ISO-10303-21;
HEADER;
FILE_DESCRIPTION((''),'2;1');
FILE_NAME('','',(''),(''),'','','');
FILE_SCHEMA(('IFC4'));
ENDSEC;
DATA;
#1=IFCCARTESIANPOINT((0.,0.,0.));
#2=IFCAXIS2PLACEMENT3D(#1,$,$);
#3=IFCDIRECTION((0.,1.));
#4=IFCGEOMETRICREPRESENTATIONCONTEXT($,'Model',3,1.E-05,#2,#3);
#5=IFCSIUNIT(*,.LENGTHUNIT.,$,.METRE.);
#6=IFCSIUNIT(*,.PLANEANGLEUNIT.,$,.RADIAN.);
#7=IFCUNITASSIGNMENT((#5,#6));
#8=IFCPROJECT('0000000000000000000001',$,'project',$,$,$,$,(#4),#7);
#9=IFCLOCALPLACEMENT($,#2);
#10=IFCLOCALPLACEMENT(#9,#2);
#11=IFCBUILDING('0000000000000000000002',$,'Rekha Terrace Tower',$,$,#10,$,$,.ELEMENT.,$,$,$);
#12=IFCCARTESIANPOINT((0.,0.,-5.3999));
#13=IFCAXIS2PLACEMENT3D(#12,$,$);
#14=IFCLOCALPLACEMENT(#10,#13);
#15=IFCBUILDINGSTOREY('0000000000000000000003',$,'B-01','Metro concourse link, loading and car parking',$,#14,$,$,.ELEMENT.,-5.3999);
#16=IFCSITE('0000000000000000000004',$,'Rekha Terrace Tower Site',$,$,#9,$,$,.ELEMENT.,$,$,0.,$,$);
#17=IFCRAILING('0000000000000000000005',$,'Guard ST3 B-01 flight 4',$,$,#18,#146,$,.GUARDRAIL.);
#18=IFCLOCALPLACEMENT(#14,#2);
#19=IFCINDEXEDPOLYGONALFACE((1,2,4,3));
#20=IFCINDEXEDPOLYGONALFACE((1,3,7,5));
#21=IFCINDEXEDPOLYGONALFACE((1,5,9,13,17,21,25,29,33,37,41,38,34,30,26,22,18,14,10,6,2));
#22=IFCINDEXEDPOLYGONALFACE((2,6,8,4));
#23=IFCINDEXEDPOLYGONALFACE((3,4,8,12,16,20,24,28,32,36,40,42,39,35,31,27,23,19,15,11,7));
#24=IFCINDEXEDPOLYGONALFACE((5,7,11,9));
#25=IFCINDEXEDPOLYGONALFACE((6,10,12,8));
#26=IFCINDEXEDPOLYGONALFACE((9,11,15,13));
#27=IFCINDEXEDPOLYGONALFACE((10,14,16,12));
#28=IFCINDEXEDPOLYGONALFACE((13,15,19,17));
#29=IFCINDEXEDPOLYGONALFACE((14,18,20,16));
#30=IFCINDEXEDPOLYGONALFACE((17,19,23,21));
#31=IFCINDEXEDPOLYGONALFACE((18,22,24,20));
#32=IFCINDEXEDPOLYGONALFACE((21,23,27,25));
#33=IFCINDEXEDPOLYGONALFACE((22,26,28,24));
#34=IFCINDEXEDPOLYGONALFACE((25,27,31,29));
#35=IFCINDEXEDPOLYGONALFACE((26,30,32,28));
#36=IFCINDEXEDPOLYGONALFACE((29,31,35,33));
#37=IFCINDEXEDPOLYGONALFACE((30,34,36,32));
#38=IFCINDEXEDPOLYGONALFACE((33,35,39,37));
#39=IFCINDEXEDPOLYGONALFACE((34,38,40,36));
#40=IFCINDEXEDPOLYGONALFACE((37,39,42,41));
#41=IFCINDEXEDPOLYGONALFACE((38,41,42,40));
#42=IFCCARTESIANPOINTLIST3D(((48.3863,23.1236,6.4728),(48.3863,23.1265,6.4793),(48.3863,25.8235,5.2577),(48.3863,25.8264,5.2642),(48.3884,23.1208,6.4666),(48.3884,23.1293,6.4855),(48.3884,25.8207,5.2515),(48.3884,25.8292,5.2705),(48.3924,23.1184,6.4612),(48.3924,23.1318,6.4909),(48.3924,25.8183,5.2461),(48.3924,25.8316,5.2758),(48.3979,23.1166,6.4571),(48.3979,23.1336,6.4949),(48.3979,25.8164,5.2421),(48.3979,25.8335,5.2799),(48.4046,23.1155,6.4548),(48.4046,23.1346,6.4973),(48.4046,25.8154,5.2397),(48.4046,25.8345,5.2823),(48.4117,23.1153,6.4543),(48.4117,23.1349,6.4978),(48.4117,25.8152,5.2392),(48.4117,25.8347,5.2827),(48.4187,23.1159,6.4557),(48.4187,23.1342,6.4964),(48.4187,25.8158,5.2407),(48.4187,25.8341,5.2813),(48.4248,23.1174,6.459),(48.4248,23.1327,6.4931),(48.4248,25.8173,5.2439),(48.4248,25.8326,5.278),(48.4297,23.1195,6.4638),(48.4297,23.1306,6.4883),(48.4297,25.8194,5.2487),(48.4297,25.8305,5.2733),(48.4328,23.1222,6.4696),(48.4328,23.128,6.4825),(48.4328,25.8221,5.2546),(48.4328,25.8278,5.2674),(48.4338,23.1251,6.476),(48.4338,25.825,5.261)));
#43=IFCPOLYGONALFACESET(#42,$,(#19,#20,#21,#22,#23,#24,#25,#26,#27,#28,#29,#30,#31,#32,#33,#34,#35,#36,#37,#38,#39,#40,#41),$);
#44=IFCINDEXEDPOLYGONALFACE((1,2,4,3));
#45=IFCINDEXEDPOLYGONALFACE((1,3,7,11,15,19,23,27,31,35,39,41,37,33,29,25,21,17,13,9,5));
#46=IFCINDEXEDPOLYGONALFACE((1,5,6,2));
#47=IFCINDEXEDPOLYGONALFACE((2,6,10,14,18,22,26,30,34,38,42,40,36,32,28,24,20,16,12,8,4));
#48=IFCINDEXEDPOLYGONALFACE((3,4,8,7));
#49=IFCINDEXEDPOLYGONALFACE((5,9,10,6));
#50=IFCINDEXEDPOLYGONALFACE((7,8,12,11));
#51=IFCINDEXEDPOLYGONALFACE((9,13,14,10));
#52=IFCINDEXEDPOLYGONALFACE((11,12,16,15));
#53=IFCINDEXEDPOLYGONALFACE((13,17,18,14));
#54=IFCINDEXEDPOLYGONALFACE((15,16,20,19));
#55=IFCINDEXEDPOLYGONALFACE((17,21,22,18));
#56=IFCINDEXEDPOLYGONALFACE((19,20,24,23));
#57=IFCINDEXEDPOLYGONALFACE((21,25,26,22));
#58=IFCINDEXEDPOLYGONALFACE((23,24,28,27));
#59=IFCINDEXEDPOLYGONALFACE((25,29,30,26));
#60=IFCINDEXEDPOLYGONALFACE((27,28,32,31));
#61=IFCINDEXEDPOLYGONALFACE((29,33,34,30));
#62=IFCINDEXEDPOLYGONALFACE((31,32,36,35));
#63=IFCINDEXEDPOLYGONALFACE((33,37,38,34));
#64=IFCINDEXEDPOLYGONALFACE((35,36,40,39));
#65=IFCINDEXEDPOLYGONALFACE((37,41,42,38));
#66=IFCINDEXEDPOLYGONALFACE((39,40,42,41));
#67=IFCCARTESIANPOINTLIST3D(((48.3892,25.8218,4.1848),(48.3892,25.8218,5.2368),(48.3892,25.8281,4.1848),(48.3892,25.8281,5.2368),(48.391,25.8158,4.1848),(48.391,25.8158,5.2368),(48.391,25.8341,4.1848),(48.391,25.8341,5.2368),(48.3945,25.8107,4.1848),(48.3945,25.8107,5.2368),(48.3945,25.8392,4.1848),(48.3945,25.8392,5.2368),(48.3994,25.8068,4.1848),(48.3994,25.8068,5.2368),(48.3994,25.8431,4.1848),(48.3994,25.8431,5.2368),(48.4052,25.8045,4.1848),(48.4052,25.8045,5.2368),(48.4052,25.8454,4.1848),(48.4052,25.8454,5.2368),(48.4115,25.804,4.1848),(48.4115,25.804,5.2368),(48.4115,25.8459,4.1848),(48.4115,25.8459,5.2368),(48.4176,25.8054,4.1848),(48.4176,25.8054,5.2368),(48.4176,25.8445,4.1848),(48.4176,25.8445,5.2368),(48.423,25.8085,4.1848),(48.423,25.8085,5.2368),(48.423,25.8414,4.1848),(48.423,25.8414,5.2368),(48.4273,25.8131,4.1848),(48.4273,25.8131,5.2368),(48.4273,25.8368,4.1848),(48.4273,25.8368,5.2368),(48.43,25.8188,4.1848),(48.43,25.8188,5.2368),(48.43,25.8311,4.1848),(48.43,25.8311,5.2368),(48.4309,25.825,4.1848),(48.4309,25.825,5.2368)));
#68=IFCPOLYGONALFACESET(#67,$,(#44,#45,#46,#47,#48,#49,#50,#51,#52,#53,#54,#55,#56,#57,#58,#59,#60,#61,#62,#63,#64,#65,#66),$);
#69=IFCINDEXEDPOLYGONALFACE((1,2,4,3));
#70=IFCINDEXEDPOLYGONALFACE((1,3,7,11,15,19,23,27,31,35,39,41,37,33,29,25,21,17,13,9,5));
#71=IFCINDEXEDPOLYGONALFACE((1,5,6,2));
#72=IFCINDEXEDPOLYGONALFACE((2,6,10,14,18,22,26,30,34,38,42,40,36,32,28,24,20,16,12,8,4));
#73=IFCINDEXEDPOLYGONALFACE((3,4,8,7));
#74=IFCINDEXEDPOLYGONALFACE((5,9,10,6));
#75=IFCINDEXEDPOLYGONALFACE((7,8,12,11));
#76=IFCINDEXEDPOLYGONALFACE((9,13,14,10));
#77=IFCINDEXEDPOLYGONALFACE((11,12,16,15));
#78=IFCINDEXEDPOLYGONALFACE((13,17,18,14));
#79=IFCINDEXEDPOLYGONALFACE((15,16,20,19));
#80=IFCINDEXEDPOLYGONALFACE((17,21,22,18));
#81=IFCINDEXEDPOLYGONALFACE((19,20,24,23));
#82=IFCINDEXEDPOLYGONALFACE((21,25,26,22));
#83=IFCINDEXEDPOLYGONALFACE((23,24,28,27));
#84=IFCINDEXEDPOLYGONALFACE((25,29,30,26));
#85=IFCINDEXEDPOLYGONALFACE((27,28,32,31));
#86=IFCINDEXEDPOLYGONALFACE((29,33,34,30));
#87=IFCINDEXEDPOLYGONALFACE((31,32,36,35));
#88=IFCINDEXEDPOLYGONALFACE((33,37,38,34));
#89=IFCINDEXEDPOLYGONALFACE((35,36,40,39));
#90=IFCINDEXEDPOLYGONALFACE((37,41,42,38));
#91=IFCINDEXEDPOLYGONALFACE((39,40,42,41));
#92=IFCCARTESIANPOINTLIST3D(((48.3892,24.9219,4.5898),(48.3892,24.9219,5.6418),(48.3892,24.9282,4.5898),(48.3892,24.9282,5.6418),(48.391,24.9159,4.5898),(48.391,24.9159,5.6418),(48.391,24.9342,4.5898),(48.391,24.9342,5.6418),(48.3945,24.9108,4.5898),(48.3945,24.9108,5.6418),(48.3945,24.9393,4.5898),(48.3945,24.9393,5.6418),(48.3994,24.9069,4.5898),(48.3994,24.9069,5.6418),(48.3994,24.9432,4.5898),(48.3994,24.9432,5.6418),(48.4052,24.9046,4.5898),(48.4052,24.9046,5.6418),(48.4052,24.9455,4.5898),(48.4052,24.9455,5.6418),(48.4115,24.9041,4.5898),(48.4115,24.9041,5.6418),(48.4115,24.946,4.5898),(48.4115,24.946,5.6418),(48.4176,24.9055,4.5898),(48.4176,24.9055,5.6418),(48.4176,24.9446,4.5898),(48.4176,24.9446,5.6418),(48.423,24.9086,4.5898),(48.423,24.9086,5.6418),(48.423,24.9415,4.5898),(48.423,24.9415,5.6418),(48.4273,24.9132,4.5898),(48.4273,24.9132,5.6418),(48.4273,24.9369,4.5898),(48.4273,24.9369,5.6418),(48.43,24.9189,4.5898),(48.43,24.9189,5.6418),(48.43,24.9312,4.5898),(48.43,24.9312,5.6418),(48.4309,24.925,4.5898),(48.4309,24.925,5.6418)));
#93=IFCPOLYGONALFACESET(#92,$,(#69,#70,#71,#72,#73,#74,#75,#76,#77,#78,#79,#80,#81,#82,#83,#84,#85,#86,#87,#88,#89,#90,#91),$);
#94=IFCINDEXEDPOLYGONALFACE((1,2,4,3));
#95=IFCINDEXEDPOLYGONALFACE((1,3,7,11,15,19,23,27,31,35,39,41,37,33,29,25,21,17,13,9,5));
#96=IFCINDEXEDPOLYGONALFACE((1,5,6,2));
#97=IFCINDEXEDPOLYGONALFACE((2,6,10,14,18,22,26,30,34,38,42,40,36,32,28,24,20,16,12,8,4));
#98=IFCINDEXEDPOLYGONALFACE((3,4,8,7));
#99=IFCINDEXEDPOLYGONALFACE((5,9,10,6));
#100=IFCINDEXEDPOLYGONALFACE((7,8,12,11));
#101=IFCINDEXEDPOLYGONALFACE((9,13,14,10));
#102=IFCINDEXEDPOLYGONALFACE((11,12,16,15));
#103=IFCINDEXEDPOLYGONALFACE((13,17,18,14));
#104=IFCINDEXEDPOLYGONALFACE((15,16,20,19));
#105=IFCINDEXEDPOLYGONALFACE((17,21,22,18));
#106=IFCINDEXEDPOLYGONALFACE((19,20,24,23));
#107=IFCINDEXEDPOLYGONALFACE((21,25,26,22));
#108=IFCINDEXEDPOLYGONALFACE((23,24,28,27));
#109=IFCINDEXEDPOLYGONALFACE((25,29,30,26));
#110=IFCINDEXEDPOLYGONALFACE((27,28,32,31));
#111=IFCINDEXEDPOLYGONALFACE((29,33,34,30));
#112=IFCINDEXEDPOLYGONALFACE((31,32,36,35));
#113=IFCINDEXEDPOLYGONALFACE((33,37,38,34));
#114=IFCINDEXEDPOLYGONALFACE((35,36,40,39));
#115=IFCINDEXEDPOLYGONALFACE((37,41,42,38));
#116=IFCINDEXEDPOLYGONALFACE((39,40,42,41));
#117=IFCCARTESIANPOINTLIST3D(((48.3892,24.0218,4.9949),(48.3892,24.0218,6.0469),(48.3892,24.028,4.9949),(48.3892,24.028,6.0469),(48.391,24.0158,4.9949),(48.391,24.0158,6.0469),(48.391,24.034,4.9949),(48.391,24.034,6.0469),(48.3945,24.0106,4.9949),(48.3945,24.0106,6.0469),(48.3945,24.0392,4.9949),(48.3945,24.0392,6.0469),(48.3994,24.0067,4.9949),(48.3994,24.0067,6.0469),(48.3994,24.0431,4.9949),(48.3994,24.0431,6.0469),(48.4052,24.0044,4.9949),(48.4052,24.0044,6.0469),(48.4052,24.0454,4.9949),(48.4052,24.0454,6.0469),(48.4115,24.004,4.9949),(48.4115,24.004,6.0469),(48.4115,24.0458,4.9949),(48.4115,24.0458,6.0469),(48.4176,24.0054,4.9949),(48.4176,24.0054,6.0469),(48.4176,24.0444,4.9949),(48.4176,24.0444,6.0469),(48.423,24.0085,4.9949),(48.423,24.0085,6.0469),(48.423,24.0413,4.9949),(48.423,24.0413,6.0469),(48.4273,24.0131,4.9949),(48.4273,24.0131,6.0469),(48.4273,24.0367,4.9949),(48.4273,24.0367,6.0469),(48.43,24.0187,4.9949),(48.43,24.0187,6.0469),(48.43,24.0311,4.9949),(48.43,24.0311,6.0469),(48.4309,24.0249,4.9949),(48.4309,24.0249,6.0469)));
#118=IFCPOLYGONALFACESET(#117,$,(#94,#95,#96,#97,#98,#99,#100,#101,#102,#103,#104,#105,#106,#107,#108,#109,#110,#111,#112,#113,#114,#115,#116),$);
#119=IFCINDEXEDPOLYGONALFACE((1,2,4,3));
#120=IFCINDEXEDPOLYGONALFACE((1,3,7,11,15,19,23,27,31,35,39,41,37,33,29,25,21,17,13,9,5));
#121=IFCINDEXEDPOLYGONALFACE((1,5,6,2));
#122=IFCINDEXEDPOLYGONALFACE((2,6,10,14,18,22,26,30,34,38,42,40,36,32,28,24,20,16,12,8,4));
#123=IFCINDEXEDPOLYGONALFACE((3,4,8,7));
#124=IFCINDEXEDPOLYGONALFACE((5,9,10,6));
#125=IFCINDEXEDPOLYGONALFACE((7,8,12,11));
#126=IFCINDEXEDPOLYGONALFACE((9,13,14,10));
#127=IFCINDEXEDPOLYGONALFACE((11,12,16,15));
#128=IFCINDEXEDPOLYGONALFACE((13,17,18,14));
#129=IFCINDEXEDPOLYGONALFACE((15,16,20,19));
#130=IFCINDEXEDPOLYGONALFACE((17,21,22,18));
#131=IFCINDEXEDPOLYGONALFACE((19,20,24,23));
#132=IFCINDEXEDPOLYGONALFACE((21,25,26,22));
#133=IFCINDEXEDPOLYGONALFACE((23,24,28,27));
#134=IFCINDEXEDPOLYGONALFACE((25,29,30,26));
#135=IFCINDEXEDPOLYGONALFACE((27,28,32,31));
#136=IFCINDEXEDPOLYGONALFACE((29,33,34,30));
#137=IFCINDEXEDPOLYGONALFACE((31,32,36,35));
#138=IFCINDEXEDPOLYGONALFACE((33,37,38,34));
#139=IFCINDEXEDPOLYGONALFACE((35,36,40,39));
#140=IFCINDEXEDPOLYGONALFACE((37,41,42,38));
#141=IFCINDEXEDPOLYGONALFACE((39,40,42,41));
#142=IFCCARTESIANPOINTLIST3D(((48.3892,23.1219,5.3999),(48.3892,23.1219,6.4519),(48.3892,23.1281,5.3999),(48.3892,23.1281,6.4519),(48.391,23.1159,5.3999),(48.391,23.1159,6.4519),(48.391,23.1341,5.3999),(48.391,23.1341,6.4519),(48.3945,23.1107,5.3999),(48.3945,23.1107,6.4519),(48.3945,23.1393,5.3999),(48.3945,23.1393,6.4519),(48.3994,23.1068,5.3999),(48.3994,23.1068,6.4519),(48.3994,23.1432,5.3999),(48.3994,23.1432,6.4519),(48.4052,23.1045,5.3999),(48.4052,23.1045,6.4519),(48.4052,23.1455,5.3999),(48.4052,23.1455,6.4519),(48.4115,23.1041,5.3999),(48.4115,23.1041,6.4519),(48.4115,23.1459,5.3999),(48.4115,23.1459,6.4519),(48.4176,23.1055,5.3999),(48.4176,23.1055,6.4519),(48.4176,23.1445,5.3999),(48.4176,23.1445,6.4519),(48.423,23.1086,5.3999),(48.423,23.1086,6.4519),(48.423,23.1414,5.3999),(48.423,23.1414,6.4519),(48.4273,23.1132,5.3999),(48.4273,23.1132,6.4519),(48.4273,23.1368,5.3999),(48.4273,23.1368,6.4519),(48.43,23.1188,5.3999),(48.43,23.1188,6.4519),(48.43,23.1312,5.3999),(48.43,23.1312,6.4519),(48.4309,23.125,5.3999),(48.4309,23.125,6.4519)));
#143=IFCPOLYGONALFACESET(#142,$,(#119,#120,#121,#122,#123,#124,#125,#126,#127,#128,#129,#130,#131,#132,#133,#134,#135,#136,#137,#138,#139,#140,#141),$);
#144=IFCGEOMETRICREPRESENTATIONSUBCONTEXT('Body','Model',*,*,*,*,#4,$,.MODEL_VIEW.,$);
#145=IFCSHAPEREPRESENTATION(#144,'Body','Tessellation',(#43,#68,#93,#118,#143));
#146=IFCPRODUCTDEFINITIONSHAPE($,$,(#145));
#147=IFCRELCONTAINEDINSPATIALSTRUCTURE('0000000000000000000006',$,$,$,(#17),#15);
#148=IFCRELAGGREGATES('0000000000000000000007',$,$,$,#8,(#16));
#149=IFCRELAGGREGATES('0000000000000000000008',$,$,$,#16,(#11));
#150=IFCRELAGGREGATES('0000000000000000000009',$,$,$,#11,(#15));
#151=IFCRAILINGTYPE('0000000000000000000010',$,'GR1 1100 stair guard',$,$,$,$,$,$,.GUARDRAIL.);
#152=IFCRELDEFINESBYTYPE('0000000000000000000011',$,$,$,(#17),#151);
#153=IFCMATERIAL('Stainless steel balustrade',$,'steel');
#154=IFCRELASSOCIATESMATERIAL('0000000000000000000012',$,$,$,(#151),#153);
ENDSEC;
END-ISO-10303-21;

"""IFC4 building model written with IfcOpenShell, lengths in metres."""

from ifc_helpers import new_model, si_unit, direction, frame, origin, origin_2d, place, context, subcontext, project, spatial, circle, extrude, material, type_object, element, save


model = new_model("IFC4")

# Units and contexts
model_context = context("Model", 3, precision=1e-05, world=origin(), true_north=direction((0.0, 1.0)))
body_context = subcontext(model_context, "Body", "Model", "MODEL_VIEW")
ifc_project = project(units=[si_unit("LENGTHUNIT", "METRE"), si_unit("PLANEANGLEUNIT", "RADIAN")], contexts=[model_context])

# Site, building, storey
site_placement = place(None, origin())
site = spatial("IfcSite", under=ifc_project, at=site_placement, Name="Rekha Terrace Tower Site", CompositionType="ELEMENT", RefElevation=0.0)
building_placement = place(site_placement, origin())
building = spatial("IfcBuilding", under=site, at=building_placement, Name="Rekha Terrace Tower", CompositionType="ELEMENT")
storey_placement = place(building_placement, frame((0.0, 0.0, -5.3999)))
storey = spatial("IfcBuildingStorey", under=building, at=storey_placement, Name="B-01", Description="Metro concourse link, loading and car parking", CompositionType="ELEMENT", Elevation=-5.3999)

# Railing
ifc_material_1 = material(Name="Stainless steel balustrade", Category="steel")
railing_type_1 = type_object("IfcRailingType", Name="GR1 1100 stair guard", PredefinedType="GUARDRAIL", material=ifc_material_1)
railing_1_placement = place(storey_placement, frame((48.4099, 25.825, 4.1848)))
element("IfcRailing", 1, at=railing_1_placement, inside=storey, type_object=railing_type_1, Name="Guard ST3 B-01 flight 4", PredefinedType="GUARDRAIL", context=body_context, shape_type="SweptSolid", body=[
    extrude(circle(Radius=0.0239, at=origin_2d()), frame((0.0, 0.0, 1.0762), z_axis=(0.0, -0.911908, 0.410396), x_axis=(1.0, 0.0, 0.0)), (0.0, 0.0, 1.0), 2.9607),
    extrude(circle(Radius=0.021, at=origin_2d()), origin(), (0.0, 0.0, 1.0), 1.052),
    extrude(circle(Radius=0.021, at=origin_2d()), frame((0.0, -0.8999, 0.405)), (0.0, 0.0, 1.0), 1.052),
    extrude(circle(Radius=0.021, at=origin_2d()), frame((0.0, -1.8, 0.8101)), (0.0, 0.0, 1.0), 1.052),
    extrude(circle(Radius=0.021, at=origin_2d()), frame((0.0, -2.7, 1.2151)), (0.0, 0.0, 1.0), 1.052),
])

save(model, "model.ifc")
